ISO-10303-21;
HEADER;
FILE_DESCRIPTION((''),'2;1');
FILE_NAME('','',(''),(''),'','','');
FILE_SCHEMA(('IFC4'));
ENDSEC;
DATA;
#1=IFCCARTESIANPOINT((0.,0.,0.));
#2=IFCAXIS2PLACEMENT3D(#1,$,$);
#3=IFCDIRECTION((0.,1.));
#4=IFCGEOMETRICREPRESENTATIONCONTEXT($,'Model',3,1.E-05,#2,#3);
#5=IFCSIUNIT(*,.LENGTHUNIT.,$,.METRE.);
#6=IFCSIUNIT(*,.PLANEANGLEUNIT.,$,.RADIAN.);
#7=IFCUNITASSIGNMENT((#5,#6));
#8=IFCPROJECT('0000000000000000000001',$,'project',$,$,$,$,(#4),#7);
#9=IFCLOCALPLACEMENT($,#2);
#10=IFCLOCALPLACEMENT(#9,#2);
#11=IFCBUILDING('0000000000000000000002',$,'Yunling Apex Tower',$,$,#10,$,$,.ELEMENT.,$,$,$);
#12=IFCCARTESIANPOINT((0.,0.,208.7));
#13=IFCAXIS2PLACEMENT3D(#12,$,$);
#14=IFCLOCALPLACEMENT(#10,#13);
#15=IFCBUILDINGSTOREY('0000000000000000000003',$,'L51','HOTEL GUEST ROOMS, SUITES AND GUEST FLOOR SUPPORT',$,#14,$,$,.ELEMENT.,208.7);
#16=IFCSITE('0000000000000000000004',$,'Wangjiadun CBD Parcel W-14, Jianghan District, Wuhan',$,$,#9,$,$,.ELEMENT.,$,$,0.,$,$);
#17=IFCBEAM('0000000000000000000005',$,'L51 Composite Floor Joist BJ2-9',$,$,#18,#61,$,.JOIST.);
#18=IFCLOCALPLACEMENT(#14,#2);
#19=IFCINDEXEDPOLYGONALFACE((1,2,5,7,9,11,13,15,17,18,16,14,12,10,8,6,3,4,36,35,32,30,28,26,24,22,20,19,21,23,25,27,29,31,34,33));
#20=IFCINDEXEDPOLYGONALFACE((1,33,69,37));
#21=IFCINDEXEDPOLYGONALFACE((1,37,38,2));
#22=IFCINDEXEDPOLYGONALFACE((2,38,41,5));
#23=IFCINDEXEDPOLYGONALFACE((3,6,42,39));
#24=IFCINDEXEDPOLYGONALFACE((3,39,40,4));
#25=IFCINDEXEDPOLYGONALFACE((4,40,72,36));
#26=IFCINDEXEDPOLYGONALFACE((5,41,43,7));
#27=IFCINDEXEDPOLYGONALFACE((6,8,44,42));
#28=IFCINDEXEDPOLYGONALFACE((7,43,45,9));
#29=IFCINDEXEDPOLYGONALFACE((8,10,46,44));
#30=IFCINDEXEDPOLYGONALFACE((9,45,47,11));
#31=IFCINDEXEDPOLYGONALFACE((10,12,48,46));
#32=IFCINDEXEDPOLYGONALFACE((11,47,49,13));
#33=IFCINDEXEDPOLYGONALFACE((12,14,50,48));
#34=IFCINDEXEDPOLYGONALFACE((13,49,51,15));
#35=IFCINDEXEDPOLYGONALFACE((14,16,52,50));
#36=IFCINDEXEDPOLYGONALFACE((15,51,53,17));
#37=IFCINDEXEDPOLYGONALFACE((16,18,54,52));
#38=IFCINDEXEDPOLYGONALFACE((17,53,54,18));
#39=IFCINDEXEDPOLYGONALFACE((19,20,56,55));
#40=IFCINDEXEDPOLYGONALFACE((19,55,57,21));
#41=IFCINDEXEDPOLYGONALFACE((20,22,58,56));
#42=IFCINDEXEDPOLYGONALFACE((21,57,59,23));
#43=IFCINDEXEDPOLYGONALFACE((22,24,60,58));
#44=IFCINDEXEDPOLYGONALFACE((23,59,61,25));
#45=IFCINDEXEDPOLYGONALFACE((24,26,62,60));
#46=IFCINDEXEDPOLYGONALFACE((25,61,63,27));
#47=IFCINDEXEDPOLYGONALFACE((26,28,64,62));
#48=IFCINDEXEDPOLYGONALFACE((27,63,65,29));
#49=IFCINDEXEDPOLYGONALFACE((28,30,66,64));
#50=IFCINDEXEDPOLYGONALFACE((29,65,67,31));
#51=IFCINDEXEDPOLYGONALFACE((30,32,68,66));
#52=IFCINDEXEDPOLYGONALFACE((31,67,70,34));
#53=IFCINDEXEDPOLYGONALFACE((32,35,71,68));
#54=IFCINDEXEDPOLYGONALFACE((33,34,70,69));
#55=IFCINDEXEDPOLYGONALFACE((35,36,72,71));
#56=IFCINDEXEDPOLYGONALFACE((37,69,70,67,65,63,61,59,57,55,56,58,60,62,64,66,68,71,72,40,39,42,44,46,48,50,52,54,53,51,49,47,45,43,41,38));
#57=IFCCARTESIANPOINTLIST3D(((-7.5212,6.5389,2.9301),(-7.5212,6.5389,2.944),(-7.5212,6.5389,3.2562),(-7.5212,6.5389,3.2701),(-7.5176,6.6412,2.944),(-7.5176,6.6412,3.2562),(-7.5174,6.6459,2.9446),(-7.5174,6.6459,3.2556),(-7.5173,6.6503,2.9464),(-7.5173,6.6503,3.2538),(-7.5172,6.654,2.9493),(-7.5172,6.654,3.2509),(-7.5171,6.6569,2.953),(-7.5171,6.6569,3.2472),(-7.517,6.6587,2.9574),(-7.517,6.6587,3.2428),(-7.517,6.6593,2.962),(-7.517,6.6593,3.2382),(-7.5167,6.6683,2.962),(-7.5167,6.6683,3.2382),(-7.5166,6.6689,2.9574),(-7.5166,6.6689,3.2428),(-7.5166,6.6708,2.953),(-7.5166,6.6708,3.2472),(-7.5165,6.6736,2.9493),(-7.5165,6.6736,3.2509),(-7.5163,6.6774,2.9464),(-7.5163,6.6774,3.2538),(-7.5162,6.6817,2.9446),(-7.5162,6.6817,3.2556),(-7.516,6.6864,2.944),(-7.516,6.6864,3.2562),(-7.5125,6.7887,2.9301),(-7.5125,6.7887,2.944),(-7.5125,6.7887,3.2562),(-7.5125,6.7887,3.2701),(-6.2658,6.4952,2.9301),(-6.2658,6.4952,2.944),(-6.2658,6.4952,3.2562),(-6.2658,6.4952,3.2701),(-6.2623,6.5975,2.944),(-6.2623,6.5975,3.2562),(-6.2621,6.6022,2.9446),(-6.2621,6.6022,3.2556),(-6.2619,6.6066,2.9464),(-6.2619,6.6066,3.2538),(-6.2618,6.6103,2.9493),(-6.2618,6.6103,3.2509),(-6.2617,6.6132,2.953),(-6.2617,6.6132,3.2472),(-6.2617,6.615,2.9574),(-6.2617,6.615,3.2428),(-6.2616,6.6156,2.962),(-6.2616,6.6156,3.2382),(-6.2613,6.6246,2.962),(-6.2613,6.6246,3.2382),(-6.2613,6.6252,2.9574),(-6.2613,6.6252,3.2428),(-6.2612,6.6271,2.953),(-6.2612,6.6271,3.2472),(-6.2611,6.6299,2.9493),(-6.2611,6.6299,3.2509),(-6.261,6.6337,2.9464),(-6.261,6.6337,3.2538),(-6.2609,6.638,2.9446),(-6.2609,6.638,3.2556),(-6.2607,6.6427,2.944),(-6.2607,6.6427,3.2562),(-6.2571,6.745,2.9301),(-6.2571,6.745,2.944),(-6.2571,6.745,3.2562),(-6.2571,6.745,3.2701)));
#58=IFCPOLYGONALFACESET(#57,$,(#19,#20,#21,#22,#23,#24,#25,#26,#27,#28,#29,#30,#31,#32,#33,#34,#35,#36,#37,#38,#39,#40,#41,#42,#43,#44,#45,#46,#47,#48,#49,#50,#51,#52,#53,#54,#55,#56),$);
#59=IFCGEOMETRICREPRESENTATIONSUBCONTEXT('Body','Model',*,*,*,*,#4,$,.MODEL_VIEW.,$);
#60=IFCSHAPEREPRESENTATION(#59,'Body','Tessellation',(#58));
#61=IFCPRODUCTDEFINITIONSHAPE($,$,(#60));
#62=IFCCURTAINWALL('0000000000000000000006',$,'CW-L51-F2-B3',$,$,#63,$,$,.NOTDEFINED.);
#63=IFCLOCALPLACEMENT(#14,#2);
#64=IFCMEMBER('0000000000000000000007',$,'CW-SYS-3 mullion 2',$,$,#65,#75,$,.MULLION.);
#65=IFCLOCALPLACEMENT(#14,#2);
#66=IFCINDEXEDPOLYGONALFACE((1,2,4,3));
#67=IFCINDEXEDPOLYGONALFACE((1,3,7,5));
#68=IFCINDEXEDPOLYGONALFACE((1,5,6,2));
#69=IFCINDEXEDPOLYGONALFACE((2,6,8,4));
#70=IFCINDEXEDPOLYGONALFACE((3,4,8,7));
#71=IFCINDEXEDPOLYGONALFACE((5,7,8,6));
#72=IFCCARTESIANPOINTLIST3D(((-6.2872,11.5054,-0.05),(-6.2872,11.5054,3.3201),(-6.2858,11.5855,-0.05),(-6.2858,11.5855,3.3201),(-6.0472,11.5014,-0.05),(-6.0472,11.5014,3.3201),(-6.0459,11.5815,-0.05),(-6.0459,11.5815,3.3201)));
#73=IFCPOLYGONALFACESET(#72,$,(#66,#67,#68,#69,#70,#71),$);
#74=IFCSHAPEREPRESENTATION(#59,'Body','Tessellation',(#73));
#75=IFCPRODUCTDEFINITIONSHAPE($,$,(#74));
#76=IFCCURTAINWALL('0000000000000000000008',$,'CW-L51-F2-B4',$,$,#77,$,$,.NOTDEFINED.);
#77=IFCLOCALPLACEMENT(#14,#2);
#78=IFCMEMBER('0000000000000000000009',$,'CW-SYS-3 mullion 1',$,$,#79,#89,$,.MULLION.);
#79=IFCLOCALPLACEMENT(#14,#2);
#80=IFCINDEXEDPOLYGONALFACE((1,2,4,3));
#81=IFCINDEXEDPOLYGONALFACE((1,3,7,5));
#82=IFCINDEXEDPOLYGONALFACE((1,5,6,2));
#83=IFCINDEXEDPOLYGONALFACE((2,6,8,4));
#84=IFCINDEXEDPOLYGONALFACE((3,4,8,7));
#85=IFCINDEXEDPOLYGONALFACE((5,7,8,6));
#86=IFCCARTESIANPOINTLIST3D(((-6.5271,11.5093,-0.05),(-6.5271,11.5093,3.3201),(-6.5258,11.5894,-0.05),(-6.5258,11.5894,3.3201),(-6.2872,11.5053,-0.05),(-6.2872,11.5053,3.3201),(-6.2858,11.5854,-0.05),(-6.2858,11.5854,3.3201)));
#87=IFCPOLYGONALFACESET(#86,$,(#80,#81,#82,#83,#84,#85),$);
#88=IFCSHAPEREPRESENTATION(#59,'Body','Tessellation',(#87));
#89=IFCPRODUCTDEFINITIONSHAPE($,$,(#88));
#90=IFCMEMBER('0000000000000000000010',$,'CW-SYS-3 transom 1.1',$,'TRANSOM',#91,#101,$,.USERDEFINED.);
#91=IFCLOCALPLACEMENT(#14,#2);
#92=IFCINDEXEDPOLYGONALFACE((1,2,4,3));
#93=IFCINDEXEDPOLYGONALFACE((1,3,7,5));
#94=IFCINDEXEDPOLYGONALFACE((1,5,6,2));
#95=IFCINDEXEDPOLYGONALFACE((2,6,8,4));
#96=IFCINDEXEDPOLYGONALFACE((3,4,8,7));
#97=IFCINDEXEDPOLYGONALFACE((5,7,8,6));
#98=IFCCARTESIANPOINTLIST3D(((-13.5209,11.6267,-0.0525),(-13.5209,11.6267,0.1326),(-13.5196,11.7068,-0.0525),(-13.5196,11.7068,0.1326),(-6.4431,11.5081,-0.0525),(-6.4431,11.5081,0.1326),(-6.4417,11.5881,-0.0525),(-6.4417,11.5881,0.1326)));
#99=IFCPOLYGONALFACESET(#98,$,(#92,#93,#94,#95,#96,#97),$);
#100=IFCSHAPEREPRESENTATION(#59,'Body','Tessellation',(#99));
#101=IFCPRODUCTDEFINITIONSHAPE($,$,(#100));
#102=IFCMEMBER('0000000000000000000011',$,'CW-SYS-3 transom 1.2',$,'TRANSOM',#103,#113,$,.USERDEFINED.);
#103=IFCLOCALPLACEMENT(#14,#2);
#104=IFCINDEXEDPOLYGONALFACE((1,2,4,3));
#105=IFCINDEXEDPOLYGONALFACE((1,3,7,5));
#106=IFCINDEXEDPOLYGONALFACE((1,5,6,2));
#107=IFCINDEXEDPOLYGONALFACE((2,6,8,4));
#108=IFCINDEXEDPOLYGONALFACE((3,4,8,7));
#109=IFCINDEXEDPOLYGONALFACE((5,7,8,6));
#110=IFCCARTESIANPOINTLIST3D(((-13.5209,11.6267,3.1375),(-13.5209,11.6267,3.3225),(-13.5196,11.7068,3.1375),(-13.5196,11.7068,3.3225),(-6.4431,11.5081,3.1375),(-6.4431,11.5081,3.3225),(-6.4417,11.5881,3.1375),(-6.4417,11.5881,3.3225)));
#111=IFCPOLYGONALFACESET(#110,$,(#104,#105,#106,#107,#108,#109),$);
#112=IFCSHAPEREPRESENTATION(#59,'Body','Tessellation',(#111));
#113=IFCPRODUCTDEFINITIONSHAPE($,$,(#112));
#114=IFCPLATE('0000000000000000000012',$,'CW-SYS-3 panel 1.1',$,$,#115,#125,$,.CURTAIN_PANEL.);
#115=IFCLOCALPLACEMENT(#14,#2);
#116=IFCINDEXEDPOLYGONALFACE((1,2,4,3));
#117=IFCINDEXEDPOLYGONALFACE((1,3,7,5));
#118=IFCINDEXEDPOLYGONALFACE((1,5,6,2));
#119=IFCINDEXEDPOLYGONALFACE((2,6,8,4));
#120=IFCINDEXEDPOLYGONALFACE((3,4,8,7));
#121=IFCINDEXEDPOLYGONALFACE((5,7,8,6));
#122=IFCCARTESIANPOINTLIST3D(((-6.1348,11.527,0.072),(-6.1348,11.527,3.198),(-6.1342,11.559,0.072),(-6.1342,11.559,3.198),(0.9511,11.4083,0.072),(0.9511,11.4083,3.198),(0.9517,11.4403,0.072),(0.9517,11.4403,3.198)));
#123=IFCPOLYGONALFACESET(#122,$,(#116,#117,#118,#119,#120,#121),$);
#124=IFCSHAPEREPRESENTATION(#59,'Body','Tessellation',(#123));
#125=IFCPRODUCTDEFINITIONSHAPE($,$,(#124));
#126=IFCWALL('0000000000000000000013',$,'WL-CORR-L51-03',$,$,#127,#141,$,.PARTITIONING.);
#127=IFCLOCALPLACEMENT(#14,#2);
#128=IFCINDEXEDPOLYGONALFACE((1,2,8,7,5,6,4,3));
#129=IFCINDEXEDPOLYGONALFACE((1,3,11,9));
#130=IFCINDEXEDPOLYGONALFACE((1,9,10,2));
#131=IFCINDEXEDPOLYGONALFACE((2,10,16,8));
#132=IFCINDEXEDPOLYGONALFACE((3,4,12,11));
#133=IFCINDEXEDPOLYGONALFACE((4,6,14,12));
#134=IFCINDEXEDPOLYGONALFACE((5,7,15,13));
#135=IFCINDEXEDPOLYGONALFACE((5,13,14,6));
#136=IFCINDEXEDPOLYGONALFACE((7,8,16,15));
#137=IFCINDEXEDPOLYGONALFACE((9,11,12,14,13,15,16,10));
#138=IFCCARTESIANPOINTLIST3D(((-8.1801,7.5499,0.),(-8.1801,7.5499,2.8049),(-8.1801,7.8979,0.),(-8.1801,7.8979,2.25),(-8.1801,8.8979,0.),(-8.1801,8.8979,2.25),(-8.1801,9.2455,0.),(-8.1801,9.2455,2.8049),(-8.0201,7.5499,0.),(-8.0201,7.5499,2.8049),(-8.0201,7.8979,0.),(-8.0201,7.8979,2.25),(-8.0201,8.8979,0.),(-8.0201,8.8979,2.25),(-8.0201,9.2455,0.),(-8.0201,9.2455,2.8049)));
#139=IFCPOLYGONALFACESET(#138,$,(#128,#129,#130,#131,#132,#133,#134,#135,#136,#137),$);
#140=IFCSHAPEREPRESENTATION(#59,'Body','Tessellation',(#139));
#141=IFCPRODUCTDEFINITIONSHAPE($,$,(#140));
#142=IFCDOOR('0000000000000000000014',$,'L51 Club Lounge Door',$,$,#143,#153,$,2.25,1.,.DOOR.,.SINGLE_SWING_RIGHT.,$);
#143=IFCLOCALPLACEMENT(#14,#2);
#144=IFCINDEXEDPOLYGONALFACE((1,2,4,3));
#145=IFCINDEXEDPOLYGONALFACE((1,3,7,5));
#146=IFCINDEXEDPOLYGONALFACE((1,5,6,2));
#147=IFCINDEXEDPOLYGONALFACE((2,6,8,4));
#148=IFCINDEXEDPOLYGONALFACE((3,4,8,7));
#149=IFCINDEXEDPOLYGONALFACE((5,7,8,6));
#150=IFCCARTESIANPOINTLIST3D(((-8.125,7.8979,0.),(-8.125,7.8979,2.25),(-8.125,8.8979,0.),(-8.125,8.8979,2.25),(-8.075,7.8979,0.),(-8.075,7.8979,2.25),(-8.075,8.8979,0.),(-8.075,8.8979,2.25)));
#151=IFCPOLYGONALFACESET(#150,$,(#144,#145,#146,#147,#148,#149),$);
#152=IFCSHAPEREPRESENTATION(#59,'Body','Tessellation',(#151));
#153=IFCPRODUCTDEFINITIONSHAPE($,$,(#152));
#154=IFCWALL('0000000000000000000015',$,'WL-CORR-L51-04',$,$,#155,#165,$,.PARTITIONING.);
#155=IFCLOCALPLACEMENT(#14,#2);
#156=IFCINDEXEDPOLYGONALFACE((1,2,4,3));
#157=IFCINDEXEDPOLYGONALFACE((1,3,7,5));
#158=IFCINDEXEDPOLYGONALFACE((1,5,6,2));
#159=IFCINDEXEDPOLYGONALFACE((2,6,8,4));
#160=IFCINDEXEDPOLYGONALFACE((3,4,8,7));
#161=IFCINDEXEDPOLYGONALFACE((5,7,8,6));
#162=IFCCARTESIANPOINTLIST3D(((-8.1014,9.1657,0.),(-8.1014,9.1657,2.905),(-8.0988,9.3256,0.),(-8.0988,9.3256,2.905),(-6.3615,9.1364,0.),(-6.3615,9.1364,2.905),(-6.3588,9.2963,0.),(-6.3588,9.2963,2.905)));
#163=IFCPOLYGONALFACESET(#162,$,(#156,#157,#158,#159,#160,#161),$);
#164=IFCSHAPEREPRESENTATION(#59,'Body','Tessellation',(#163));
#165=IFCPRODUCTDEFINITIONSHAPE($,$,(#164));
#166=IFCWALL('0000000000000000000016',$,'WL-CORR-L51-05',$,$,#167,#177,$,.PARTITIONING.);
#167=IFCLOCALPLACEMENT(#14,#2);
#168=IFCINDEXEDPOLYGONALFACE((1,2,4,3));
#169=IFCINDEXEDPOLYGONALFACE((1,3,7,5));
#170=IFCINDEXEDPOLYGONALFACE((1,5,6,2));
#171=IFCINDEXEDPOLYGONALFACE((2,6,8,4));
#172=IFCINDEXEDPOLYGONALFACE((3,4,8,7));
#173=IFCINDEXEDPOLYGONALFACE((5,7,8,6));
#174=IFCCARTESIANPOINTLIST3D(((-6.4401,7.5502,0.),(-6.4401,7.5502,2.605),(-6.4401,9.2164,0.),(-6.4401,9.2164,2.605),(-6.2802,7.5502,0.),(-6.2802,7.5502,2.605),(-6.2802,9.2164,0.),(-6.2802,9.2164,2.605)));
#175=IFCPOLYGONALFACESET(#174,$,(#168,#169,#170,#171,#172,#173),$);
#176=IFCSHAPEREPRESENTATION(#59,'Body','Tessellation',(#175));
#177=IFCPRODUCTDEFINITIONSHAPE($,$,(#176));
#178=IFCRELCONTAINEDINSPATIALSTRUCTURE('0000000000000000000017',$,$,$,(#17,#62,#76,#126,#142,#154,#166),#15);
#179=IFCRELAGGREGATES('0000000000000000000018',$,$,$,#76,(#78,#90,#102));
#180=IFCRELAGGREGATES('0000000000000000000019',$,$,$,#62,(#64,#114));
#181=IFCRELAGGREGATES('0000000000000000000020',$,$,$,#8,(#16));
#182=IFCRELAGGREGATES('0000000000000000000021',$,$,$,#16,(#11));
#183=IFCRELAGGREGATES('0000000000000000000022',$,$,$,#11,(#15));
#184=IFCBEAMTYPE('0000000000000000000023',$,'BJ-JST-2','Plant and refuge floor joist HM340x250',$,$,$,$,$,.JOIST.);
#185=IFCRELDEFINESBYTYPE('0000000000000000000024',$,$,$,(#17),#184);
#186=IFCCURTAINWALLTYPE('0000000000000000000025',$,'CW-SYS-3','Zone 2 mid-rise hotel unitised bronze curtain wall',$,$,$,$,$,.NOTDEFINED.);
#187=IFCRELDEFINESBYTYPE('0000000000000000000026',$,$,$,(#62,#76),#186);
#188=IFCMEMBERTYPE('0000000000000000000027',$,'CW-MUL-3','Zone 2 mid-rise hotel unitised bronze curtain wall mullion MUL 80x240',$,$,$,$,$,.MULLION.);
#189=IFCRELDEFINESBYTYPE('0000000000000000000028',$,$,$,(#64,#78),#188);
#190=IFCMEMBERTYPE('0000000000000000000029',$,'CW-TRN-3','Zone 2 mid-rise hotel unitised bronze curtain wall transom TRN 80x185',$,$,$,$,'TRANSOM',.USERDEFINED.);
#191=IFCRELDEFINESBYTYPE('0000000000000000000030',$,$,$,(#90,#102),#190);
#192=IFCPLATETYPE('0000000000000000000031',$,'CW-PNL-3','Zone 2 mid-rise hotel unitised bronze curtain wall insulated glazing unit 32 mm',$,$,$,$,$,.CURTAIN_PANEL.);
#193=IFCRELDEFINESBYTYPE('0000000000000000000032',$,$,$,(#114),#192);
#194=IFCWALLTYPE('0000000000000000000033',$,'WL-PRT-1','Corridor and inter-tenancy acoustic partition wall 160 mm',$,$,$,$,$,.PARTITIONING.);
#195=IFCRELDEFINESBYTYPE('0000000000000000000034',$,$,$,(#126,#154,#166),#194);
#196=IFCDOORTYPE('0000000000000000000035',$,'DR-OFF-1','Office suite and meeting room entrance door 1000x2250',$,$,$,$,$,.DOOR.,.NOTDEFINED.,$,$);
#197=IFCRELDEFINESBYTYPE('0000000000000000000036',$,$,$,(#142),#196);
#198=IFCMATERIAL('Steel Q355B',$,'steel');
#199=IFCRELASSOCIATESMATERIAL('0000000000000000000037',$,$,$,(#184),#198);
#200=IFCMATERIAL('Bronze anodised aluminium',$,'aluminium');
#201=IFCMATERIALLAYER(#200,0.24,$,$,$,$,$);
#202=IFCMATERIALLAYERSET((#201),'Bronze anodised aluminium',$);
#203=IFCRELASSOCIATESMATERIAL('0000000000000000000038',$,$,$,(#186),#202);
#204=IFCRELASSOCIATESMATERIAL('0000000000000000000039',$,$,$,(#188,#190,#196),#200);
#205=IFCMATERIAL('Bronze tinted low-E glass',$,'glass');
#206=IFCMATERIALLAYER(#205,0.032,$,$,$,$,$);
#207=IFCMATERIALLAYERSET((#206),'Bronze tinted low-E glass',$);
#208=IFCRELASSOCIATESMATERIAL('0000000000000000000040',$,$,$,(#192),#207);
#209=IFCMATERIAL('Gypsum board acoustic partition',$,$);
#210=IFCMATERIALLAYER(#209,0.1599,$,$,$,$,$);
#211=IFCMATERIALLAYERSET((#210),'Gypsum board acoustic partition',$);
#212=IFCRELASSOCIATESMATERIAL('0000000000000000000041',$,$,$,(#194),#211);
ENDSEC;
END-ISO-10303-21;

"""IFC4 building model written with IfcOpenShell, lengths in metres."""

from ifc_helpers import new_model, si_unit, direction, frame, frame_2d, origin, origin_2d, place, context, subcontext, project, spatial, rectangle, i_section, extrude, source, transform, mapped, material, layer, layer_set, material_profile, profile_set, type_object, element, fill, aggregate, save


model = new_model("IFC4")

# Units and contexts
model_context = context("Model", 3, precision=1e-05, world=origin(), true_north=direction((0.0, 1.0)))
body_context = subcontext(model_context, "Body", "Model", "MODEL_VIEW")
ifc_project = project(units=[si_unit("LENGTHUNIT", "METRE"), si_unit("PLANEANGLEUNIT", "RADIAN")], contexts=[model_context])

# Site, building, storey
site_placement = place(None, origin())
site = spatial("IfcSite", under=ifc_project, at=site_placement, Name="Wangjiadun CBD Parcel W-14, Jianghan District, Wuhan", CompositionType="ELEMENT", RefElevation=0.0)
building_placement = place(site_placement, origin())
building = spatial("IfcBuilding", under=site, at=building_placement, Name="Yunling Apex Tower", CompositionType="ELEMENT")
storey_placement = place(building_placement, frame((0.0, 0.0, 208.7)))
storey = spatial("IfcBuildingStorey", under=building, at=storey_placement, Name="L51", Description="HOTEL GUEST ROOMS, SUITES AND GUEST FLOOR SUPPORT", CompositionType="ELEMENT", Elevation=208.7)

# Beam
ifc_material_1 = material(Name="Steel Q355B", Category="steel")
ifc_material_profile_1 = material_profile(ifc_material_1, i_section(OverallWidth=0.25, OverallDepth=0.3401, WebThickness=0.009, FlangeThickness=0.0139, FilletRadius=0.0181, at=origin_2d()))
ifc_profile_set_1 = profile_set([ifc_material_profile_1], Name="Steel Q355B")
beam_type_1 = type_object("IfcBeamType", Name="BJ-JST-2", Description="Plant and refuge floor joist HM340x250", PredefinedType="JOIST", material=ifc_profile_set_1)
shared_shape_1 = source(origin(), body_context, "Body", "SweptSolid", [
    extrude(i_section(OverallWidth=0.25, OverallDepth=0.3401, WebThickness=0.009, FlangeThickness=0.0139, FilletRadius=0.0181, at=origin_2d()), origin(), (0.0, 0.0, 1.0), 1.2561),
])
beam_1_placement = place(storey_placement, frame((-6.2615, 6.6201, 3.1001), z_axis=(-0.999395, 0.03479, 0.0), x_axis=(-0.03479, -0.999395, 0.0)))
element("IfcBeam", 1, at=beam_1_placement, inside=storey, type_object=beam_type_1, Name="L51 Composite Floor Joist BJ2-9", PredefinedType="JOIST", context=body_context, shape_type="MappedRepresentation", body=[
    mapped(shared_shape_1, transform((0.0, 0.0, 0.0), scale=1.0)),
])

# Curtain wall, member
ifc_material_2 = material(Name="Bronze anodised aluminium", Category="aluminium")
ifc_layer_1 = layer(ifc_material_2, 0.24)
ifc_layer_set_1 = layer_set([ifc_layer_1], Name="Bronze anodised aluminium")
curtain_wall_type = type_object("IfcCurtainWallType", Name="CW-SYS-3", Description="Zone 2 mid-rise hotel unitised bronze curtain wall", PredefinedType="NOTDEFINED", material=ifc_layer_set_1)
curtain_wall_1_placement = place(storey_placement, origin())
curtain_wall_1 = element("IfcCurtainWall", 2, at=curtain_wall_1_placement, inside=storey, type_object=curtain_wall_type, Name="CW-L51-F2-B3", PredefinedType="NOTDEFINED")
ifc_material_profile_2 = material_profile(ifc_material_2, rectangle(XDim=0.0801, YDim=0.24, at=origin_2d()))
ifc_profile_set_2 = profile_set([ifc_material_profile_2], Name="Bronze anodised aluminium")
member_type_1 = type_object("IfcMemberType", Name="CW-MUL-3", Description="Zone 2 mid-rise hotel unitised bronze curtain wall mullion MUL 80x240", PredefinedType="MULLION", material=ifc_profile_set_2)
shared_shape_2 = source(origin(), body_context, "Body", "SweptSolid", [
    extrude(rectangle(XDim=0.0801, YDim=0.24, at=origin_2d()), origin(), (0.0, 0.0, 1.0), 3.3701),
])
member_1_placement = place(storey_placement, frame((-6.1665, 11.5435, -0.05), z_axis=(0.0, 0.0, 1.0), x_axis=(-0.016747, -0.99986, 0.0)))
member_1 = element("IfcMember", 3, at=member_1_placement, type_object=member_type_1, Name="CW-SYS-3 mullion 2", PredefinedType="MULLION", context=body_context, shape_type="MappedRepresentation", body=[
    mapped(shared_shape_2, transform((0.0, 0.0, 0.0), scale=1.0)),
])

# Curtain wall, members
curtain_wall_2_placement = place(storey_placement, origin())
curtain_wall_2 = element("IfcCurtainWall", 4, at=curtain_wall_2_placement, inside=storey, type_object=curtain_wall_type, Name="CW-L51-F2-B4", PredefinedType="NOTDEFINED")
member_2_placement = place(storey_placement, frame((-6.4065, 11.5474, -0.05), z_axis=(0.0, 0.0, 1.0), x_axis=(-0.016761, -0.99986, 0.0)))
member_2 = element("IfcMember", 5, at=member_2_placement, type_object=member_type_1, Name="CW-SYS-3 mullion 1", PredefinedType="MULLION", context=body_context, shape_type="MappedRepresentation", body=[
    mapped(shared_shape_2, transform((0.0, 0.0, 0.0), scale=1.0)),
])
ifc_material_profile_3 = material_profile(ifc_material_2, rectangle(XDim=0.0801, YDim=0.1851, at=origin_2d()))
ifc_profile_set_3 = profile_set([ifc_material_profile_3], Name="Bronze anodised aluminium")
member_type_2 = type_object("IfcMemberType", Name="CW-TRN-3", Description="Zone 2 mid-rise hotel unitised bronze curtain wall transom TRN 80x185", ElementType="TRANSOM", PredefinedType="USERDEFINED", material=ifc_profile_set_3)
shared_shape_3 = source(origin(), body_context, "Body", "SweptSolid", [
    extrude(rectangle(XDim=0.0801, YDim=0.1851, at=origin_2d()), origin(), (0.0, 0.0, 1.0), 7.0789),
])
member_3_placement = place(storey_placement, frame((-6.4424, 11.5481, 0.04), z_axis=(-0.99986, 0.016761, 0.0), x_axis=(-0.016761, -0.99986, 0.0)))
member_3 = element("IfcMember", 6, at=member_3_placement, type_object=member_type_2, Name="CW-SYS-3 transom 1.1", ObjectType="TRANSOM", PredefinedType="USERDEFINED", context=body_context, shape_type="MappedRepresentation", body=[
    mapped(shared_shape_3, transform((0.0, 0.0, 0.0), scale=1.0)),
])
member_4_placement = place(storey_placement, frame((-6.4424, 11.5481, 3.23), z_axis=(-0.99986, 0.016761, 0.0), x_axis=(-0.016761, -0.99986, 0.0)))
member_4 = element("IfcMember", 7, at=member_4_placement, type_object=member_type_2, Name="CW-SYS-3 transom 1.2", ObjectType="TRANSOM", PredefinedType="USERDEFINED", context=body_context, shape_type="MappedRepresentation", body=[
    mapped(shared_shape_3, transform((0.0, 0.0, 0.0), scale=1.0)),
])
aggregate(curtain_wall_2, [member_2, member_3, member_4])

# Plate
ifc_material_3 = material(Name="Bronze tinted low-E glass", Category="glass")
ifc_layer_2 = layer(ifc_material_3, 0.032)
ifc_layer_set_2 = layer_set([ifc_layer_2], Name="Bronze tinted low-E glass")
plate_type = type_object("IfcPlateType", Name="CW-PNL-3", Description="Zone 2 mid-rise hotel unitised bronze curtain wall insulated glazing unit 32 mm", PredefinedType="CURTAIN_PANEL", material=ifc_layer_set_2)
shared_shape_4 = source(origin(), body_context, "Body", "SweptSolid", [
    extrude(rectangle(XDim=7.0869, YDim=0.032, at=origin_2d()), origin(), (0.0, 0.0, 1.0), 3.126),
])
plate_placement = place(storey_placement, frame((-2.5916, 11.4836, 0.072), z_axis=(0.0, 0.0, 1.0), x_axis=(-0.99986, 0.016747, 0.0)))
plate = element("IfcPlate", 8, at=plate_placement, type_object=plate_type, Name="CW-SYS-3 panel 1.1", PredefinedType="CURTAIN_PANEL", context=body_context, shape_type="MappedRepresentation", body=[
    mapped(shared_shape_4, transform((0.0, 0.0, 0.0), scale=1.0)),
])
aggregate(curtain_wall_1, [member_1, plate])

# Wall, opening, door
ifc_material_4 = material(Name="Gypsum board acoustic partition")
ifc_layer_3 = layer(ifc_material_4, 0.1599)
ifc_layer_set_3 = layer_set([ifc_layer_3], Name="Gypsum board acoustic partition")
wall_type_1 = type_object("IfcWallType", Name="WL-PRT-1", Description="Corridor and inter-tenancy acoustic partition wall 160 mm", PredefinedType="PARTITIONING", material=ifc_layer_set_3)
wall_1_placement = place(storey_placement, frame((-8.1001, 7.55, 0.0), z_axis=(0.0, 0.0, 1.0), x_axis=(0.0, 1.0, 0.0)))
wall_1 = element("IfcWall", 9, at=wall_1_placement, inside=storey, type_object=wall_type_1, Name="WL-CORR-L51-03", PredefinedType="PARTITIONING", context=body_context, shape_type="SweptSolid", body=[
    extrude(rectangle(XDim=1.6956, YDim=0.1599, at=frame_2d((0.8477, 0.0))), origin(), (0.0, 0.0, 1.0), 2.8049),
])
opening_1_placement = place(wall_1_placement, frame((0.3479, 0.0, 0.0)))
opening_1 = element("IfcOpeningElement", 10, at=opening_1_placement, cuts=wall_1, PredefinedType="OPENING", context=body_context, shape_type="SweptSolid", body=[
    extrude(rectangle(XDim=1.0, YDim=2.25, at=frame_2d((0.5, 1.125))), frame((0.0, 0.0898, 0.0), z_axis=(0.0, -1.0, 0.0), x_axis=(1.0, 0.0, 0.0)), (0.0, 0.0, 1.0), 0.1799),
])
door_type = type_object("IfcDoorType", Name="DR-OFF-1", Description="Office suite and meeting room entrance door 1000x2250", OperationType="NOTDEFINED", PredefinedType="DOOR", material=ifc_material_2)
door_1_placement = place(opening_1_placement, origin())
door_1 = element("IfcDoor", 11, at=door_1_placement, inside=storey, type_object=door_type, Name="L51 Club Lounge Door", OperationType="SINGLE_SWING_RIGHT", OverallHeight=2.25, OverallWidth=1.0, PredefinedType="DOOR", context=body_context, shape_type="SweptSolid", body=[
    extrude(rectangle(XDim=1.0, YDim=2.25, at=frame_2d((0.5, 1.125))), frame((0.0, 0.0249, 0.0), z_axis=(0.0, -1.0, 0.0), x_axis=(1.0, 0.0, 0.0)), (0.0, 0.0, 1.0), 0.05),
])
fill(opening_1, door_1)

# Walls
wall_2_placement = place(storey_placement, frame((-8.1001, 9.2456, 0.0), z_axis=(0.0, 0.0, 1.0), x_axis=(0.999858, -0.016835, 0.0)))
element("IfcWall", 12, at=wall_2_placement, inside=storey, type_object=wall_type_1, Name="WL-CORR-L51-04", PredefinedType="PARTITIONING", context=body_context, shape_type="SweptSolid", body=[
    extrude(rectangle(XDim=1.7402, YDim=0.1599, at=frame_2d((0.8701, 0.0))), origin(), (0.0, 0.0, 1.0), 2.905),
])
wall_3_placement = place(storey_placement, frame((-6.3601, 9.2163, 0.0), z_axis=(0.0, 0.0, 1.0), x_axis=(0.0, -1.0, 0.0)))
element("IfcWall", 13, at=wall_3_placement, inside=storey, type_object=wall_type_1, Name="WL-CORR-L51-05", PredefinedType="PARTITIONING", context=body_context, shape_type="SweptSolid", body=[
    extrude(rectangle(XDim=1.6663, YDim=0.1599, at=frame_2d((0.833, 0.0))), origin(), (0.0, 0.0, 1.0), 2.605),
])

save(model, "model.ifc")
